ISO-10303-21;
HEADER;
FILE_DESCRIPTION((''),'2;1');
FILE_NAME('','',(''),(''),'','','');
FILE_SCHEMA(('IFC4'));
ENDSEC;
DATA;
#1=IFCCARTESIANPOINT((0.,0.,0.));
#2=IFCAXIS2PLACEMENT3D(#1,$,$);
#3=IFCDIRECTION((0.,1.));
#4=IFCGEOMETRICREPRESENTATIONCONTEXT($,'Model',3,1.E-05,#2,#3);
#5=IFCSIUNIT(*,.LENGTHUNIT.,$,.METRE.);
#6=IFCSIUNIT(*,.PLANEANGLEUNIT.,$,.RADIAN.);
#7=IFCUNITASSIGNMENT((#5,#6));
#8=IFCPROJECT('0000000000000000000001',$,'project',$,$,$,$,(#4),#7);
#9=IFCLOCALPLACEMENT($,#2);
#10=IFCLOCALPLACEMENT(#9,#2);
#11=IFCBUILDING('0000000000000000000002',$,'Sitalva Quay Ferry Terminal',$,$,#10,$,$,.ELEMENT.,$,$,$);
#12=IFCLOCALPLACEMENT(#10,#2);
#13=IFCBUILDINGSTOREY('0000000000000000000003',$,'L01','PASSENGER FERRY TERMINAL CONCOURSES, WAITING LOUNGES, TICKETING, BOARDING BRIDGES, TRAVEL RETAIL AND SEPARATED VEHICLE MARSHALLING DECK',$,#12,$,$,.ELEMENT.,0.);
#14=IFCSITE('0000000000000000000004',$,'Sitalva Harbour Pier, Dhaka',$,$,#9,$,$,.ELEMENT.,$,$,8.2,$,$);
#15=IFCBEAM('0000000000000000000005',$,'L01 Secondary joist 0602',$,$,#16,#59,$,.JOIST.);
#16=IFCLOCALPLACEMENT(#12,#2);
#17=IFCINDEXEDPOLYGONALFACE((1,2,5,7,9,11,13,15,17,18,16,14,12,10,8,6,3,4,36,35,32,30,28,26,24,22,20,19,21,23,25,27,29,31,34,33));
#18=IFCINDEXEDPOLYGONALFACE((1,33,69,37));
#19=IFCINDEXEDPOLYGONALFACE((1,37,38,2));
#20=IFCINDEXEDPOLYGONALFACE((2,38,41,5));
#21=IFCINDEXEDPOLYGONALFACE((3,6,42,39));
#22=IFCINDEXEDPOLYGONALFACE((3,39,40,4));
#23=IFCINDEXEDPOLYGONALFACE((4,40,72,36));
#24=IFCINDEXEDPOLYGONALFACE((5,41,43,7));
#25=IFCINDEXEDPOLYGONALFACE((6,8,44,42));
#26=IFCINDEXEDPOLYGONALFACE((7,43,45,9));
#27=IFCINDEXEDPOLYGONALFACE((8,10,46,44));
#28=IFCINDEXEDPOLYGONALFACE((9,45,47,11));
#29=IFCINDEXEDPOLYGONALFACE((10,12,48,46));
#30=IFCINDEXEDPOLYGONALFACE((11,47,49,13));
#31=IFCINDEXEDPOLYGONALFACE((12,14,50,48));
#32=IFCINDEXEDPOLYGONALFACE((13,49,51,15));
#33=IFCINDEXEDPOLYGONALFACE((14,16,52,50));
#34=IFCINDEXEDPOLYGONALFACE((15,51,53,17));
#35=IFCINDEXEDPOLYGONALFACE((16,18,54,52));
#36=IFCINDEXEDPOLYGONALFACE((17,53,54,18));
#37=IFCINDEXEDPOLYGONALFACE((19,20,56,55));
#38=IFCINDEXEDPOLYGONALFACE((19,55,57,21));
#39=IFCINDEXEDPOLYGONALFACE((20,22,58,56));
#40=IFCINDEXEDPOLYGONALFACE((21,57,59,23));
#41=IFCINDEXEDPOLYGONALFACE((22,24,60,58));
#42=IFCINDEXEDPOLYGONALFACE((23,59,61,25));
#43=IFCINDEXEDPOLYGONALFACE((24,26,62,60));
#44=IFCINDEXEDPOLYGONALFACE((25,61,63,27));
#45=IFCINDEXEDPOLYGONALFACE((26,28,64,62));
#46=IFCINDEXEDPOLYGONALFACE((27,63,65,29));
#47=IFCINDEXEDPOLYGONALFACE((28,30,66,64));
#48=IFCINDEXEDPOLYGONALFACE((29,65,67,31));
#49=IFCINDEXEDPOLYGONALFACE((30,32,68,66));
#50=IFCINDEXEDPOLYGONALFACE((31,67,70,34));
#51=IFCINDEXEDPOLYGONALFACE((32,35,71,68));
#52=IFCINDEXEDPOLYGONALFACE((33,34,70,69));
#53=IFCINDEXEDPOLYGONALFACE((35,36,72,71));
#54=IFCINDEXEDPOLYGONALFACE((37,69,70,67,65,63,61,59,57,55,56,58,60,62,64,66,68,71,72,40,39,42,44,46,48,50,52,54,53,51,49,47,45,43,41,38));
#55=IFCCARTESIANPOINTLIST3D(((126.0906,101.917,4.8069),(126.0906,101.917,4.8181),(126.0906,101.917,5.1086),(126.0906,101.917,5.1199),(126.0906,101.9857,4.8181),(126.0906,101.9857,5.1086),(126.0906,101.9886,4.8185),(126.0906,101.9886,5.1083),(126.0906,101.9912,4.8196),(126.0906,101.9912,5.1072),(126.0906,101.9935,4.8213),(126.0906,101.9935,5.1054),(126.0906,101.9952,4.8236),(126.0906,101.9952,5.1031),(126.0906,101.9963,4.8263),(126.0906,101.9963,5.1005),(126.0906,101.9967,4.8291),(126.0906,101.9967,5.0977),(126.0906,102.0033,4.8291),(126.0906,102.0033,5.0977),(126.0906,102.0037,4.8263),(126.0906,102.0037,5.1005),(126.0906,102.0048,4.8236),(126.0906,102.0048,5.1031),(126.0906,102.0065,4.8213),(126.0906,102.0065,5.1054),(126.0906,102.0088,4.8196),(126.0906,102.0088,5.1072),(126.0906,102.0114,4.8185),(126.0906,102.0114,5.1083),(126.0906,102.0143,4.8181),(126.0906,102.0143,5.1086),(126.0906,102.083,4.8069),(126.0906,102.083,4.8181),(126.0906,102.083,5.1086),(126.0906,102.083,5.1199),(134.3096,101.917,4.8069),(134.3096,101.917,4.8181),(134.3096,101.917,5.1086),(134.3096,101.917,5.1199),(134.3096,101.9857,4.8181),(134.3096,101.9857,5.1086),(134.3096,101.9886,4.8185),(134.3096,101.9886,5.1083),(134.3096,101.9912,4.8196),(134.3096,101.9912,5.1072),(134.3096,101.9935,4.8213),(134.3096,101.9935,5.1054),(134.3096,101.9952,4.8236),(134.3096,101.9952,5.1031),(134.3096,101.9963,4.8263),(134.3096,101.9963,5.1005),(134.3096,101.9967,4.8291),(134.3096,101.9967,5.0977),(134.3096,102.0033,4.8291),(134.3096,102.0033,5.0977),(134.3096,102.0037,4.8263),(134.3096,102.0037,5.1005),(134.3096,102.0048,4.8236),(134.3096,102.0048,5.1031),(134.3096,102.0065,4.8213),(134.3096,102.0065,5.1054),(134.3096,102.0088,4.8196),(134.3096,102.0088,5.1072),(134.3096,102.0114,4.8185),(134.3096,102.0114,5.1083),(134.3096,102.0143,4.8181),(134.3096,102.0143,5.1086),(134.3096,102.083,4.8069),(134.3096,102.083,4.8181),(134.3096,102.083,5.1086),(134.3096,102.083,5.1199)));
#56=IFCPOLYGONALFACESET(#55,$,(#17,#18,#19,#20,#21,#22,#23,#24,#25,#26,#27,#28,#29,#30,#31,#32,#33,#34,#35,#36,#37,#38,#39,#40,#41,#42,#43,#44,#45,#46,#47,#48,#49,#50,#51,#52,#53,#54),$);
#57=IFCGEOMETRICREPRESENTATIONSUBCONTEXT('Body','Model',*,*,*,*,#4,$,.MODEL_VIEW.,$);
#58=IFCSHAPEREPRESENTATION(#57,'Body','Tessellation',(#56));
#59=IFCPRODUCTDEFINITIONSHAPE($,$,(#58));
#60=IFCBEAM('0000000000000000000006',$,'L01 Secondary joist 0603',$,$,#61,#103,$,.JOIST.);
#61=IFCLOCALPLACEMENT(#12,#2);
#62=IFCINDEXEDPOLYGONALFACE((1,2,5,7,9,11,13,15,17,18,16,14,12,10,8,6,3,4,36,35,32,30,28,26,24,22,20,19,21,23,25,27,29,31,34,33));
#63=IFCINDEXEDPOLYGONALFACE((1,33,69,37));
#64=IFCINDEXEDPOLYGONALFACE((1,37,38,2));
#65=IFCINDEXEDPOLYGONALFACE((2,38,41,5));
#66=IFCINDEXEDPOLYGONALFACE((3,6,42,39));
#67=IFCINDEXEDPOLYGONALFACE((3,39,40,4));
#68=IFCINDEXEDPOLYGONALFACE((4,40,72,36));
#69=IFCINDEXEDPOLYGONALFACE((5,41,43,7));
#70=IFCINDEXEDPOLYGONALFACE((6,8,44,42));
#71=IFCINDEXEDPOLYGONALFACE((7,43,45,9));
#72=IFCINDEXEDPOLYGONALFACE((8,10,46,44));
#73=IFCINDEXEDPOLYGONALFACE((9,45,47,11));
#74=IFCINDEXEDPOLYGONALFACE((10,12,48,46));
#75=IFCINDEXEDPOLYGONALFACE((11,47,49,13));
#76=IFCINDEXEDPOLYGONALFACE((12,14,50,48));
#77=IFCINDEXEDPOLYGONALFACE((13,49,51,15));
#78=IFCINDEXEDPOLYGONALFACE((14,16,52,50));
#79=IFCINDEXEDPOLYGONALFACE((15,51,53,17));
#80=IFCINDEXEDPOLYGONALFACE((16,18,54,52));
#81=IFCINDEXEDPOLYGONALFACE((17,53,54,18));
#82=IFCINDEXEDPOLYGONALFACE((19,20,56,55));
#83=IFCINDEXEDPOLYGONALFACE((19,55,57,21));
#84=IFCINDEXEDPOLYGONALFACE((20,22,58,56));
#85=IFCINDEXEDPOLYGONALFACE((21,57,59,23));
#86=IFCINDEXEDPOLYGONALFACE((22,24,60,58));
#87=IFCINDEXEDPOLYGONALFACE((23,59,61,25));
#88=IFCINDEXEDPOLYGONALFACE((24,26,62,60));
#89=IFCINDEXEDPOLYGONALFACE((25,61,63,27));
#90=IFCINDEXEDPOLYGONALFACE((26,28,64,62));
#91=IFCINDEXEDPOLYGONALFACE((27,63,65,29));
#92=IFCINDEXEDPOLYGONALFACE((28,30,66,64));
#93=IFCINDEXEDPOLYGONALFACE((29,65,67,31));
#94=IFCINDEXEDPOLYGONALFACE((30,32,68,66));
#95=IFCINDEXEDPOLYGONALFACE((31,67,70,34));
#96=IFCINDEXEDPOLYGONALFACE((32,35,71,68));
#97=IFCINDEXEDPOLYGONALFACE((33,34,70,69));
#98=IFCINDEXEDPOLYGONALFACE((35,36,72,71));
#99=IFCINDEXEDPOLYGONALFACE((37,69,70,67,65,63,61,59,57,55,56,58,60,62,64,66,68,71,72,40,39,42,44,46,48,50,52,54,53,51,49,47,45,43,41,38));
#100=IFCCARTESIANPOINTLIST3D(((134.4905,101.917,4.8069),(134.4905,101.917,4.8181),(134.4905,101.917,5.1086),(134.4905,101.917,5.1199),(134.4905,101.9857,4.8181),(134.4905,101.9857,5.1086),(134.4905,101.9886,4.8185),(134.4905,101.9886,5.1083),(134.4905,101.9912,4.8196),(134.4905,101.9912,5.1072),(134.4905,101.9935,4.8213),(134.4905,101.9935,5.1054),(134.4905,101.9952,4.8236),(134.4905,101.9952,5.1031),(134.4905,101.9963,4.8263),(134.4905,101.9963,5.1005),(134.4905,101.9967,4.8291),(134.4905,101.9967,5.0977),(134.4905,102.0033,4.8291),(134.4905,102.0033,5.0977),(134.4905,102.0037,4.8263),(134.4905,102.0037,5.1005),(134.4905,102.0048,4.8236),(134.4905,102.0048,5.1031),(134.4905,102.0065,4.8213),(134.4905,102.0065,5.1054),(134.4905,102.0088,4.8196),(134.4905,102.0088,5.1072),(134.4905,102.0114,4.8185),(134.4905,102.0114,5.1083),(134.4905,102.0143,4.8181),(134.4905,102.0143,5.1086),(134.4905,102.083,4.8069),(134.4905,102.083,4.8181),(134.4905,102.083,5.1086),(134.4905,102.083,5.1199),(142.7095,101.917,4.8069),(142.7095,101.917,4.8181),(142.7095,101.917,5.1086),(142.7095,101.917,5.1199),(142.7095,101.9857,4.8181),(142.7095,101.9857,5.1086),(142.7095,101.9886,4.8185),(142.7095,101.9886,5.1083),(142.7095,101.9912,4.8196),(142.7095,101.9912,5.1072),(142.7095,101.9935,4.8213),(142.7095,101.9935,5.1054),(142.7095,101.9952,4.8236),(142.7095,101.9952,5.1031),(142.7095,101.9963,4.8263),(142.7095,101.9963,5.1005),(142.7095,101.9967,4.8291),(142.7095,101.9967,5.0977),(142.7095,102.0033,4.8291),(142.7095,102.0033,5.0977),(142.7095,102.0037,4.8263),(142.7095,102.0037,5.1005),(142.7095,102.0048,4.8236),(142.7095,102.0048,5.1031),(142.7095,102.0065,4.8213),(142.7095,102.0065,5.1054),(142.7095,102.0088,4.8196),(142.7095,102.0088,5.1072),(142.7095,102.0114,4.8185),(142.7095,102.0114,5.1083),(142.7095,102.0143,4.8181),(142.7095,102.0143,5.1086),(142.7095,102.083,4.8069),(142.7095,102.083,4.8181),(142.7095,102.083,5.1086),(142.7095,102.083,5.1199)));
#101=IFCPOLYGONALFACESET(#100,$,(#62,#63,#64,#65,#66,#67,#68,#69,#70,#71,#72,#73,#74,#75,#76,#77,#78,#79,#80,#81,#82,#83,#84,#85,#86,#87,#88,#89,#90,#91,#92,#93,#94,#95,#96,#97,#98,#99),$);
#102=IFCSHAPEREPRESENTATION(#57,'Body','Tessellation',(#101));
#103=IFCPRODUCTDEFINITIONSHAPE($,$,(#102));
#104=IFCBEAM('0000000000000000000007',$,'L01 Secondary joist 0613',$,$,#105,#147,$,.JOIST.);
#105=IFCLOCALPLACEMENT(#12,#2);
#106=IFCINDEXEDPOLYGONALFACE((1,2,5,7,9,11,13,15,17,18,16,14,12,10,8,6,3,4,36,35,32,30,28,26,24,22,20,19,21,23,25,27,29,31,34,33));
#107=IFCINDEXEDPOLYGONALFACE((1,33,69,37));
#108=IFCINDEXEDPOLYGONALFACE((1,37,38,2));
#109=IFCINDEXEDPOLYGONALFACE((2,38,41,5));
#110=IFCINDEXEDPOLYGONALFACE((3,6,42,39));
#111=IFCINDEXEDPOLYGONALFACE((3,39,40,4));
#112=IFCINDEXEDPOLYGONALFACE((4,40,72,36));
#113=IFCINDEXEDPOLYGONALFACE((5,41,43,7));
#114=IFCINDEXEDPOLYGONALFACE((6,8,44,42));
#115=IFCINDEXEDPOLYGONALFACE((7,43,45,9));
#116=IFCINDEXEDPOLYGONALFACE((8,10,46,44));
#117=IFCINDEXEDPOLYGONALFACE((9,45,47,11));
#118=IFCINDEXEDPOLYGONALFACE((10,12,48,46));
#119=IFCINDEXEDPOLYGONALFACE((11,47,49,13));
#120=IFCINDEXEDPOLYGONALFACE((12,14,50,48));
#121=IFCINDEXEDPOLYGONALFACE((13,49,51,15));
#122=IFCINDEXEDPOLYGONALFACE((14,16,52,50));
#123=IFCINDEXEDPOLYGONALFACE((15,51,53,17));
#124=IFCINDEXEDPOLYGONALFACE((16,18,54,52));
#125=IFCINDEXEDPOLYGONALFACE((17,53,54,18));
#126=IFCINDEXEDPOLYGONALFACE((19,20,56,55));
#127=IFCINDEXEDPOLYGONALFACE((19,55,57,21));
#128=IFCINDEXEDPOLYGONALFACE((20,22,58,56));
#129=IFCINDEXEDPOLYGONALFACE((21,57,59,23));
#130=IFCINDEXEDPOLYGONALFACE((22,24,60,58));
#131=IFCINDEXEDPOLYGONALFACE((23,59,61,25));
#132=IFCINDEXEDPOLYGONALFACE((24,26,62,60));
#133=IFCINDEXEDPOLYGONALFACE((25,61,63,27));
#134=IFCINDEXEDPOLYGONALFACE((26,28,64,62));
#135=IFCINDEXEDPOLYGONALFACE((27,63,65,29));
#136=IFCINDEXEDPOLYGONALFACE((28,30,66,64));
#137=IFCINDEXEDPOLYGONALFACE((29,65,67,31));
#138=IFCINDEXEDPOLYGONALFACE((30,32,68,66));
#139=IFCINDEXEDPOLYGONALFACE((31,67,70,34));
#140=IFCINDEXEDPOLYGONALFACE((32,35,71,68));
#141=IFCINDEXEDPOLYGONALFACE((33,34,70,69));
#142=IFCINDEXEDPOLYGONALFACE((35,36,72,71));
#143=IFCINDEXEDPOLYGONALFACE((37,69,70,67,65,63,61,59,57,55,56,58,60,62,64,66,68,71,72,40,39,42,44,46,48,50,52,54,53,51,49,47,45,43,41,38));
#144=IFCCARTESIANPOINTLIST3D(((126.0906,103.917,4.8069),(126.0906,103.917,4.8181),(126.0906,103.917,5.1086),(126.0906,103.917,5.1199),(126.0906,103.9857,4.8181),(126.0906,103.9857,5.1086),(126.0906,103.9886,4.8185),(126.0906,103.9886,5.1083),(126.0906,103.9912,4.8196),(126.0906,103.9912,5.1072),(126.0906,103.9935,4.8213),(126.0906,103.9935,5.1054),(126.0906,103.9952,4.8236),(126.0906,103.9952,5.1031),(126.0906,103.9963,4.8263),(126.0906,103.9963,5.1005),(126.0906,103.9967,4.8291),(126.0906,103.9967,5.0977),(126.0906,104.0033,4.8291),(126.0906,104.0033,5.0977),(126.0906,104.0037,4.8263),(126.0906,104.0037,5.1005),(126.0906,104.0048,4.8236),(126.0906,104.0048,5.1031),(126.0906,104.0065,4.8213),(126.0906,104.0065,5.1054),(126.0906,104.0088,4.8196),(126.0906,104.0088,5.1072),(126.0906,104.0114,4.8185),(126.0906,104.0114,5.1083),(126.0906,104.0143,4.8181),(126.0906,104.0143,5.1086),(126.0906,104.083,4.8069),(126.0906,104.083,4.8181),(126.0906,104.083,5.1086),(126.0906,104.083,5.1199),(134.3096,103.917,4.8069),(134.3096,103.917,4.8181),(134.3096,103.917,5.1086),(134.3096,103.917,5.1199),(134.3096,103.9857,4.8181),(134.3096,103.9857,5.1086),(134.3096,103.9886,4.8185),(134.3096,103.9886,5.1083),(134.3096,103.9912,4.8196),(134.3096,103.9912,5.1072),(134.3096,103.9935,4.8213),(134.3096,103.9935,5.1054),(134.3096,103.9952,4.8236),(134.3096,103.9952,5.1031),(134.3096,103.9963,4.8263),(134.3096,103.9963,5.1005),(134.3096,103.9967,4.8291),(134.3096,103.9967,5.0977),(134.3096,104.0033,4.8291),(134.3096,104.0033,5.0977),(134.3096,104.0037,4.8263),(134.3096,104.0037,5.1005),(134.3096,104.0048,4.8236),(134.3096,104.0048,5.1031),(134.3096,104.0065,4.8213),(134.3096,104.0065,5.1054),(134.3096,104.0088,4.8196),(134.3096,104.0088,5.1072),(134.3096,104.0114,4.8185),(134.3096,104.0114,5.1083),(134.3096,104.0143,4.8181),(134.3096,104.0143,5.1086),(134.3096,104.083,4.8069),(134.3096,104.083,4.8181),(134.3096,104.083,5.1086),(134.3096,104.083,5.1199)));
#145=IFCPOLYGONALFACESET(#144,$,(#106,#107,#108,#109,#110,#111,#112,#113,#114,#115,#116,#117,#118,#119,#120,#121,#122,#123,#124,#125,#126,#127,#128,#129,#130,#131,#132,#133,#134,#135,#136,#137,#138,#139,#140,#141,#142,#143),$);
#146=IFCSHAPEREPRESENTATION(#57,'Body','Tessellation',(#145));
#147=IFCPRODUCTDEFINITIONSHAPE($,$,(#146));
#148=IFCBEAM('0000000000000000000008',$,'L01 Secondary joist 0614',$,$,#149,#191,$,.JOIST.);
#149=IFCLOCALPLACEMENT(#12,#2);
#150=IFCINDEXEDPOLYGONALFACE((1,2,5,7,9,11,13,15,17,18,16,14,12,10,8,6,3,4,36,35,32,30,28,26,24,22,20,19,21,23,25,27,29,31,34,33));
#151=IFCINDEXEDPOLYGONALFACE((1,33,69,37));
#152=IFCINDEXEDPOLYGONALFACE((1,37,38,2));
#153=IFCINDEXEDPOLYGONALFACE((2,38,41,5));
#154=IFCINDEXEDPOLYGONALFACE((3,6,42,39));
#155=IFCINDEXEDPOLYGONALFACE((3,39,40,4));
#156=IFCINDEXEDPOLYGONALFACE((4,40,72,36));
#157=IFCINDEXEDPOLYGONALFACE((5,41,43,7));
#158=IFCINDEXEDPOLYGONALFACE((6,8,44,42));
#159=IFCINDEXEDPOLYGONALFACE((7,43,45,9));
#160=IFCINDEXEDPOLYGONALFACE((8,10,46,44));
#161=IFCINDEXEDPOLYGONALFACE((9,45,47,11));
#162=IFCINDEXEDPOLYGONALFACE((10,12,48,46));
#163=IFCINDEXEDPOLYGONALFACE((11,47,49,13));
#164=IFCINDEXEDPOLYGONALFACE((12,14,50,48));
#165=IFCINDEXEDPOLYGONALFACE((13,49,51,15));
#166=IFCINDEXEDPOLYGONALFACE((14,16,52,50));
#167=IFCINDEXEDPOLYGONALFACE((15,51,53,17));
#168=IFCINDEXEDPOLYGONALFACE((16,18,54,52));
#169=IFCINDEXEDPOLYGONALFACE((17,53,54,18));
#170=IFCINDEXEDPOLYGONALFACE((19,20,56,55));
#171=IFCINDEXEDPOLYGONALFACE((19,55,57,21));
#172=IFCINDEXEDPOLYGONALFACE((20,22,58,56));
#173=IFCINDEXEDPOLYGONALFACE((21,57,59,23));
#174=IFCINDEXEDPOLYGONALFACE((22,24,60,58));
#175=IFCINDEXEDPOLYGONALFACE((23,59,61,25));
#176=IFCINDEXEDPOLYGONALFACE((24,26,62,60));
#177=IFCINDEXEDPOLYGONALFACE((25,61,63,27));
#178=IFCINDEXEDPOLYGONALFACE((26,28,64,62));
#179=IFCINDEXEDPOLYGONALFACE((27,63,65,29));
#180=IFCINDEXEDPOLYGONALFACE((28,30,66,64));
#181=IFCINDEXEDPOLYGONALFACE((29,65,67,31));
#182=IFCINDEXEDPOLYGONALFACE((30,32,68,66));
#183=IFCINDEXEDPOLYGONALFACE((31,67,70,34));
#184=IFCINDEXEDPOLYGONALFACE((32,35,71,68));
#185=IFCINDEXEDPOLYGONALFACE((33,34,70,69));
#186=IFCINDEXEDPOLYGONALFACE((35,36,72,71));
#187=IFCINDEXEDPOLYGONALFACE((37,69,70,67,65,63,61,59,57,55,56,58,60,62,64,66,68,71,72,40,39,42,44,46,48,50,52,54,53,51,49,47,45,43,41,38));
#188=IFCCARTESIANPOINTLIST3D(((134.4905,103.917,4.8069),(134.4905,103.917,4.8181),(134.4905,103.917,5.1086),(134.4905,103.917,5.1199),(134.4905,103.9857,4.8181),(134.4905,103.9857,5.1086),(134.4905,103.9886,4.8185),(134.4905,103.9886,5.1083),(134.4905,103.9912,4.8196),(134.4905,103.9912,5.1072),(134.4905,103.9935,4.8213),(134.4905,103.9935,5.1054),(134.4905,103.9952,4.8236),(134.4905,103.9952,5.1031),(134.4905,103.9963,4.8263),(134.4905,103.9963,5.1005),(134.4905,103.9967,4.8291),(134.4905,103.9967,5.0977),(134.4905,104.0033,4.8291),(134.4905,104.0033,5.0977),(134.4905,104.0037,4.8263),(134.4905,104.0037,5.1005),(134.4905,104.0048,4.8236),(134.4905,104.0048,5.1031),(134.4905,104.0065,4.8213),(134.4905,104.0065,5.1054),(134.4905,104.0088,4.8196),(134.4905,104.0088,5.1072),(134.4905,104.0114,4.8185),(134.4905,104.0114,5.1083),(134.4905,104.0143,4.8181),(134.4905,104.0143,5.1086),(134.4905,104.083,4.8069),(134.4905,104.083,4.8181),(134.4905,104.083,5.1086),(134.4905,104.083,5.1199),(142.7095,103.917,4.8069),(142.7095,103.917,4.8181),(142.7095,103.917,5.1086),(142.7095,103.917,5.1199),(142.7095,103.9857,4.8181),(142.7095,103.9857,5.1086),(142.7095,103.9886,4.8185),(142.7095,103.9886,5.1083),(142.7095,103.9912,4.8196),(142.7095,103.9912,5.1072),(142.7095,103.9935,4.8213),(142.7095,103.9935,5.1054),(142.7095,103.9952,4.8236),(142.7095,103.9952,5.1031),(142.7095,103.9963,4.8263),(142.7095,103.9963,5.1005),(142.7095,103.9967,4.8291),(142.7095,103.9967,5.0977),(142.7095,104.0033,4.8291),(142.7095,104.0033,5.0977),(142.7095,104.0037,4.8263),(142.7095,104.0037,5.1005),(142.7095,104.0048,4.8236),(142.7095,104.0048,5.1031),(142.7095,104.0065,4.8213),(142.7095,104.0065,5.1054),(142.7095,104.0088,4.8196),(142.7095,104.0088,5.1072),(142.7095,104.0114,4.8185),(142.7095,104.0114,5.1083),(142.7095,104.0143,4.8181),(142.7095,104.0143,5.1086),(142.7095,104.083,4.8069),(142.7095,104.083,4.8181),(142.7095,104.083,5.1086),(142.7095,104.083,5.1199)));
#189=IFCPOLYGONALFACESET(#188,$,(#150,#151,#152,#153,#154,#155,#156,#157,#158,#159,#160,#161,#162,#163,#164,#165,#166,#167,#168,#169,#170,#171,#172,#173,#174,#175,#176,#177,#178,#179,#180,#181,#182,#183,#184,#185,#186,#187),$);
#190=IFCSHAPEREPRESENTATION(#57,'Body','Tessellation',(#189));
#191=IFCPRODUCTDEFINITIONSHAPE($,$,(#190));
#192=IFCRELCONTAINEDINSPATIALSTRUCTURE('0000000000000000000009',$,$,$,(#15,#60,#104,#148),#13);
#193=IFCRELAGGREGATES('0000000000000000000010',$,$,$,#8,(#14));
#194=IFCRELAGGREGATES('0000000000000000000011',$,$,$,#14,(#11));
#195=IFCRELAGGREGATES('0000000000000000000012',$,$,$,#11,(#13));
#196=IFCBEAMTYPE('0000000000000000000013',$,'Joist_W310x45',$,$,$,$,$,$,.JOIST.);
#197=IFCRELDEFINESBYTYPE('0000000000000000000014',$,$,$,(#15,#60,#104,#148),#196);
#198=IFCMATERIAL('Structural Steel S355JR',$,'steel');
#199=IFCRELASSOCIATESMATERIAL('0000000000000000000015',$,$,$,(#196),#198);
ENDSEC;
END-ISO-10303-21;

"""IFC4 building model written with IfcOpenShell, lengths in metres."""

from ifc_helpers import new_model, si_unit, direction, frame, origin, origin_2d, place, context, subcontext, project, spatial, i_section, extrude, material, material_profile, profile_set, type_object, element, save


model = new_model("IFC4")

# Units and contexts
model_context = context("Model", 3, precision=1e-05, world=origin(), true_north=direction((0.0, 1.0)))
body_context = subcontext(model_context, "Body", "Model", "MODEL_VIEW")
ifc_project = project(units=[si_unit("LENGTHUNIT", "METRE"), si_unit("PLANEANGLEUNIT", "RADIAN")], contexts=[model_context])

# Site, building, storey
site_placement = place(None, origin())
site = spatial("IfcSite", under=ifc_project, at=site_placement, Name="Sitalva Harbour Pier, Dhaka", CompositionType="ELEMENT", RefElevation=8.2)
building_placement = place(site_placement, origin())
building = spatial("IfcBuilding", under=site, at=building_placement, Name="Sitalva Quay Ferry Terminal", CompositionType="ELEMENT")
storey_placement = place(building_placement, origin())
storey = spatial("IfcBuildingStorey", under=building, at=storey_placement, Name="L01", Description="PASSENGER FERRY TERMINAL CONCOURSES, WAITING LOUNGES, TICKETING, BOARDING BRIDGES, TRAVEL RETAIL AND SEPARATED VEHICLE MARSHALLING DECK", CompositionType="ELEMENT", Elevation=0.0)

# Beams
ifc_material_1 = material(Name="Structural Steel S355JR", Category="steel")
ifc_material_profile_1 = material_profile(ifc_material_1, i_section(OverallWidth=0.166, OverallDepth=0.313, WebThickness=0.0066, FlangeThickness=0.0112, FilletRadius=0.011, at=origin_2d()), Name="W310x45")
ifc_profile_set_1 = profile_set([ifc_material_profile_1], Name="Structural Steel S355JR")
beam_type_1 = type_object("IfcBeamType", Name="Joist_W310x45", PredefinedType="JOIST", material=ifc_profile_set_1)
for number, where, z_axis, x_axis, name in (
    (1, (126.0906, 102.0, 4.9634), (1.0, 0.0, 0.0), (0.0, 1.0, 0.0), "L01 Secondary joist 0602"),
    (2, (134.4905, 102.0, 4.9634), (1.0, 0.0, 0.0), (0.0, 1.0, 0.0), "L01 Secondary joist 0603"),
    (3, (126.0906, 104.0, 4.9634), (1.0, 0.0, 0.0), (0.0, 1.0, 0.0), "L01 Secondary joist 0613"),
    (4, (134.4905, 104.0, 4.9634), (1.0, 0.0, 0.0), (0.0, 1.0, 0.0), "L01 Secondary joist 0614"),
):
    element("IfcBeam", number, at=place(storey_placement, frame(where, z_axis=z_axis, x_axis=x_axis)), inside=storey, type_object=beam_type_1, Name=name, PredefinedType="JOIST", context=body_context, shape_type="SweptSolid", body=[
        extrude(i_section(OverallWidth=0.166, OverallDepth=0.313, WebThickness=0.0066, FlangeThickness=0.0112, FilletRadius=0.011, at=origin_2d()), origin(), (0.0, 0.0, 1.0), 8.219),
    ])

save(model, "model.ifc")
